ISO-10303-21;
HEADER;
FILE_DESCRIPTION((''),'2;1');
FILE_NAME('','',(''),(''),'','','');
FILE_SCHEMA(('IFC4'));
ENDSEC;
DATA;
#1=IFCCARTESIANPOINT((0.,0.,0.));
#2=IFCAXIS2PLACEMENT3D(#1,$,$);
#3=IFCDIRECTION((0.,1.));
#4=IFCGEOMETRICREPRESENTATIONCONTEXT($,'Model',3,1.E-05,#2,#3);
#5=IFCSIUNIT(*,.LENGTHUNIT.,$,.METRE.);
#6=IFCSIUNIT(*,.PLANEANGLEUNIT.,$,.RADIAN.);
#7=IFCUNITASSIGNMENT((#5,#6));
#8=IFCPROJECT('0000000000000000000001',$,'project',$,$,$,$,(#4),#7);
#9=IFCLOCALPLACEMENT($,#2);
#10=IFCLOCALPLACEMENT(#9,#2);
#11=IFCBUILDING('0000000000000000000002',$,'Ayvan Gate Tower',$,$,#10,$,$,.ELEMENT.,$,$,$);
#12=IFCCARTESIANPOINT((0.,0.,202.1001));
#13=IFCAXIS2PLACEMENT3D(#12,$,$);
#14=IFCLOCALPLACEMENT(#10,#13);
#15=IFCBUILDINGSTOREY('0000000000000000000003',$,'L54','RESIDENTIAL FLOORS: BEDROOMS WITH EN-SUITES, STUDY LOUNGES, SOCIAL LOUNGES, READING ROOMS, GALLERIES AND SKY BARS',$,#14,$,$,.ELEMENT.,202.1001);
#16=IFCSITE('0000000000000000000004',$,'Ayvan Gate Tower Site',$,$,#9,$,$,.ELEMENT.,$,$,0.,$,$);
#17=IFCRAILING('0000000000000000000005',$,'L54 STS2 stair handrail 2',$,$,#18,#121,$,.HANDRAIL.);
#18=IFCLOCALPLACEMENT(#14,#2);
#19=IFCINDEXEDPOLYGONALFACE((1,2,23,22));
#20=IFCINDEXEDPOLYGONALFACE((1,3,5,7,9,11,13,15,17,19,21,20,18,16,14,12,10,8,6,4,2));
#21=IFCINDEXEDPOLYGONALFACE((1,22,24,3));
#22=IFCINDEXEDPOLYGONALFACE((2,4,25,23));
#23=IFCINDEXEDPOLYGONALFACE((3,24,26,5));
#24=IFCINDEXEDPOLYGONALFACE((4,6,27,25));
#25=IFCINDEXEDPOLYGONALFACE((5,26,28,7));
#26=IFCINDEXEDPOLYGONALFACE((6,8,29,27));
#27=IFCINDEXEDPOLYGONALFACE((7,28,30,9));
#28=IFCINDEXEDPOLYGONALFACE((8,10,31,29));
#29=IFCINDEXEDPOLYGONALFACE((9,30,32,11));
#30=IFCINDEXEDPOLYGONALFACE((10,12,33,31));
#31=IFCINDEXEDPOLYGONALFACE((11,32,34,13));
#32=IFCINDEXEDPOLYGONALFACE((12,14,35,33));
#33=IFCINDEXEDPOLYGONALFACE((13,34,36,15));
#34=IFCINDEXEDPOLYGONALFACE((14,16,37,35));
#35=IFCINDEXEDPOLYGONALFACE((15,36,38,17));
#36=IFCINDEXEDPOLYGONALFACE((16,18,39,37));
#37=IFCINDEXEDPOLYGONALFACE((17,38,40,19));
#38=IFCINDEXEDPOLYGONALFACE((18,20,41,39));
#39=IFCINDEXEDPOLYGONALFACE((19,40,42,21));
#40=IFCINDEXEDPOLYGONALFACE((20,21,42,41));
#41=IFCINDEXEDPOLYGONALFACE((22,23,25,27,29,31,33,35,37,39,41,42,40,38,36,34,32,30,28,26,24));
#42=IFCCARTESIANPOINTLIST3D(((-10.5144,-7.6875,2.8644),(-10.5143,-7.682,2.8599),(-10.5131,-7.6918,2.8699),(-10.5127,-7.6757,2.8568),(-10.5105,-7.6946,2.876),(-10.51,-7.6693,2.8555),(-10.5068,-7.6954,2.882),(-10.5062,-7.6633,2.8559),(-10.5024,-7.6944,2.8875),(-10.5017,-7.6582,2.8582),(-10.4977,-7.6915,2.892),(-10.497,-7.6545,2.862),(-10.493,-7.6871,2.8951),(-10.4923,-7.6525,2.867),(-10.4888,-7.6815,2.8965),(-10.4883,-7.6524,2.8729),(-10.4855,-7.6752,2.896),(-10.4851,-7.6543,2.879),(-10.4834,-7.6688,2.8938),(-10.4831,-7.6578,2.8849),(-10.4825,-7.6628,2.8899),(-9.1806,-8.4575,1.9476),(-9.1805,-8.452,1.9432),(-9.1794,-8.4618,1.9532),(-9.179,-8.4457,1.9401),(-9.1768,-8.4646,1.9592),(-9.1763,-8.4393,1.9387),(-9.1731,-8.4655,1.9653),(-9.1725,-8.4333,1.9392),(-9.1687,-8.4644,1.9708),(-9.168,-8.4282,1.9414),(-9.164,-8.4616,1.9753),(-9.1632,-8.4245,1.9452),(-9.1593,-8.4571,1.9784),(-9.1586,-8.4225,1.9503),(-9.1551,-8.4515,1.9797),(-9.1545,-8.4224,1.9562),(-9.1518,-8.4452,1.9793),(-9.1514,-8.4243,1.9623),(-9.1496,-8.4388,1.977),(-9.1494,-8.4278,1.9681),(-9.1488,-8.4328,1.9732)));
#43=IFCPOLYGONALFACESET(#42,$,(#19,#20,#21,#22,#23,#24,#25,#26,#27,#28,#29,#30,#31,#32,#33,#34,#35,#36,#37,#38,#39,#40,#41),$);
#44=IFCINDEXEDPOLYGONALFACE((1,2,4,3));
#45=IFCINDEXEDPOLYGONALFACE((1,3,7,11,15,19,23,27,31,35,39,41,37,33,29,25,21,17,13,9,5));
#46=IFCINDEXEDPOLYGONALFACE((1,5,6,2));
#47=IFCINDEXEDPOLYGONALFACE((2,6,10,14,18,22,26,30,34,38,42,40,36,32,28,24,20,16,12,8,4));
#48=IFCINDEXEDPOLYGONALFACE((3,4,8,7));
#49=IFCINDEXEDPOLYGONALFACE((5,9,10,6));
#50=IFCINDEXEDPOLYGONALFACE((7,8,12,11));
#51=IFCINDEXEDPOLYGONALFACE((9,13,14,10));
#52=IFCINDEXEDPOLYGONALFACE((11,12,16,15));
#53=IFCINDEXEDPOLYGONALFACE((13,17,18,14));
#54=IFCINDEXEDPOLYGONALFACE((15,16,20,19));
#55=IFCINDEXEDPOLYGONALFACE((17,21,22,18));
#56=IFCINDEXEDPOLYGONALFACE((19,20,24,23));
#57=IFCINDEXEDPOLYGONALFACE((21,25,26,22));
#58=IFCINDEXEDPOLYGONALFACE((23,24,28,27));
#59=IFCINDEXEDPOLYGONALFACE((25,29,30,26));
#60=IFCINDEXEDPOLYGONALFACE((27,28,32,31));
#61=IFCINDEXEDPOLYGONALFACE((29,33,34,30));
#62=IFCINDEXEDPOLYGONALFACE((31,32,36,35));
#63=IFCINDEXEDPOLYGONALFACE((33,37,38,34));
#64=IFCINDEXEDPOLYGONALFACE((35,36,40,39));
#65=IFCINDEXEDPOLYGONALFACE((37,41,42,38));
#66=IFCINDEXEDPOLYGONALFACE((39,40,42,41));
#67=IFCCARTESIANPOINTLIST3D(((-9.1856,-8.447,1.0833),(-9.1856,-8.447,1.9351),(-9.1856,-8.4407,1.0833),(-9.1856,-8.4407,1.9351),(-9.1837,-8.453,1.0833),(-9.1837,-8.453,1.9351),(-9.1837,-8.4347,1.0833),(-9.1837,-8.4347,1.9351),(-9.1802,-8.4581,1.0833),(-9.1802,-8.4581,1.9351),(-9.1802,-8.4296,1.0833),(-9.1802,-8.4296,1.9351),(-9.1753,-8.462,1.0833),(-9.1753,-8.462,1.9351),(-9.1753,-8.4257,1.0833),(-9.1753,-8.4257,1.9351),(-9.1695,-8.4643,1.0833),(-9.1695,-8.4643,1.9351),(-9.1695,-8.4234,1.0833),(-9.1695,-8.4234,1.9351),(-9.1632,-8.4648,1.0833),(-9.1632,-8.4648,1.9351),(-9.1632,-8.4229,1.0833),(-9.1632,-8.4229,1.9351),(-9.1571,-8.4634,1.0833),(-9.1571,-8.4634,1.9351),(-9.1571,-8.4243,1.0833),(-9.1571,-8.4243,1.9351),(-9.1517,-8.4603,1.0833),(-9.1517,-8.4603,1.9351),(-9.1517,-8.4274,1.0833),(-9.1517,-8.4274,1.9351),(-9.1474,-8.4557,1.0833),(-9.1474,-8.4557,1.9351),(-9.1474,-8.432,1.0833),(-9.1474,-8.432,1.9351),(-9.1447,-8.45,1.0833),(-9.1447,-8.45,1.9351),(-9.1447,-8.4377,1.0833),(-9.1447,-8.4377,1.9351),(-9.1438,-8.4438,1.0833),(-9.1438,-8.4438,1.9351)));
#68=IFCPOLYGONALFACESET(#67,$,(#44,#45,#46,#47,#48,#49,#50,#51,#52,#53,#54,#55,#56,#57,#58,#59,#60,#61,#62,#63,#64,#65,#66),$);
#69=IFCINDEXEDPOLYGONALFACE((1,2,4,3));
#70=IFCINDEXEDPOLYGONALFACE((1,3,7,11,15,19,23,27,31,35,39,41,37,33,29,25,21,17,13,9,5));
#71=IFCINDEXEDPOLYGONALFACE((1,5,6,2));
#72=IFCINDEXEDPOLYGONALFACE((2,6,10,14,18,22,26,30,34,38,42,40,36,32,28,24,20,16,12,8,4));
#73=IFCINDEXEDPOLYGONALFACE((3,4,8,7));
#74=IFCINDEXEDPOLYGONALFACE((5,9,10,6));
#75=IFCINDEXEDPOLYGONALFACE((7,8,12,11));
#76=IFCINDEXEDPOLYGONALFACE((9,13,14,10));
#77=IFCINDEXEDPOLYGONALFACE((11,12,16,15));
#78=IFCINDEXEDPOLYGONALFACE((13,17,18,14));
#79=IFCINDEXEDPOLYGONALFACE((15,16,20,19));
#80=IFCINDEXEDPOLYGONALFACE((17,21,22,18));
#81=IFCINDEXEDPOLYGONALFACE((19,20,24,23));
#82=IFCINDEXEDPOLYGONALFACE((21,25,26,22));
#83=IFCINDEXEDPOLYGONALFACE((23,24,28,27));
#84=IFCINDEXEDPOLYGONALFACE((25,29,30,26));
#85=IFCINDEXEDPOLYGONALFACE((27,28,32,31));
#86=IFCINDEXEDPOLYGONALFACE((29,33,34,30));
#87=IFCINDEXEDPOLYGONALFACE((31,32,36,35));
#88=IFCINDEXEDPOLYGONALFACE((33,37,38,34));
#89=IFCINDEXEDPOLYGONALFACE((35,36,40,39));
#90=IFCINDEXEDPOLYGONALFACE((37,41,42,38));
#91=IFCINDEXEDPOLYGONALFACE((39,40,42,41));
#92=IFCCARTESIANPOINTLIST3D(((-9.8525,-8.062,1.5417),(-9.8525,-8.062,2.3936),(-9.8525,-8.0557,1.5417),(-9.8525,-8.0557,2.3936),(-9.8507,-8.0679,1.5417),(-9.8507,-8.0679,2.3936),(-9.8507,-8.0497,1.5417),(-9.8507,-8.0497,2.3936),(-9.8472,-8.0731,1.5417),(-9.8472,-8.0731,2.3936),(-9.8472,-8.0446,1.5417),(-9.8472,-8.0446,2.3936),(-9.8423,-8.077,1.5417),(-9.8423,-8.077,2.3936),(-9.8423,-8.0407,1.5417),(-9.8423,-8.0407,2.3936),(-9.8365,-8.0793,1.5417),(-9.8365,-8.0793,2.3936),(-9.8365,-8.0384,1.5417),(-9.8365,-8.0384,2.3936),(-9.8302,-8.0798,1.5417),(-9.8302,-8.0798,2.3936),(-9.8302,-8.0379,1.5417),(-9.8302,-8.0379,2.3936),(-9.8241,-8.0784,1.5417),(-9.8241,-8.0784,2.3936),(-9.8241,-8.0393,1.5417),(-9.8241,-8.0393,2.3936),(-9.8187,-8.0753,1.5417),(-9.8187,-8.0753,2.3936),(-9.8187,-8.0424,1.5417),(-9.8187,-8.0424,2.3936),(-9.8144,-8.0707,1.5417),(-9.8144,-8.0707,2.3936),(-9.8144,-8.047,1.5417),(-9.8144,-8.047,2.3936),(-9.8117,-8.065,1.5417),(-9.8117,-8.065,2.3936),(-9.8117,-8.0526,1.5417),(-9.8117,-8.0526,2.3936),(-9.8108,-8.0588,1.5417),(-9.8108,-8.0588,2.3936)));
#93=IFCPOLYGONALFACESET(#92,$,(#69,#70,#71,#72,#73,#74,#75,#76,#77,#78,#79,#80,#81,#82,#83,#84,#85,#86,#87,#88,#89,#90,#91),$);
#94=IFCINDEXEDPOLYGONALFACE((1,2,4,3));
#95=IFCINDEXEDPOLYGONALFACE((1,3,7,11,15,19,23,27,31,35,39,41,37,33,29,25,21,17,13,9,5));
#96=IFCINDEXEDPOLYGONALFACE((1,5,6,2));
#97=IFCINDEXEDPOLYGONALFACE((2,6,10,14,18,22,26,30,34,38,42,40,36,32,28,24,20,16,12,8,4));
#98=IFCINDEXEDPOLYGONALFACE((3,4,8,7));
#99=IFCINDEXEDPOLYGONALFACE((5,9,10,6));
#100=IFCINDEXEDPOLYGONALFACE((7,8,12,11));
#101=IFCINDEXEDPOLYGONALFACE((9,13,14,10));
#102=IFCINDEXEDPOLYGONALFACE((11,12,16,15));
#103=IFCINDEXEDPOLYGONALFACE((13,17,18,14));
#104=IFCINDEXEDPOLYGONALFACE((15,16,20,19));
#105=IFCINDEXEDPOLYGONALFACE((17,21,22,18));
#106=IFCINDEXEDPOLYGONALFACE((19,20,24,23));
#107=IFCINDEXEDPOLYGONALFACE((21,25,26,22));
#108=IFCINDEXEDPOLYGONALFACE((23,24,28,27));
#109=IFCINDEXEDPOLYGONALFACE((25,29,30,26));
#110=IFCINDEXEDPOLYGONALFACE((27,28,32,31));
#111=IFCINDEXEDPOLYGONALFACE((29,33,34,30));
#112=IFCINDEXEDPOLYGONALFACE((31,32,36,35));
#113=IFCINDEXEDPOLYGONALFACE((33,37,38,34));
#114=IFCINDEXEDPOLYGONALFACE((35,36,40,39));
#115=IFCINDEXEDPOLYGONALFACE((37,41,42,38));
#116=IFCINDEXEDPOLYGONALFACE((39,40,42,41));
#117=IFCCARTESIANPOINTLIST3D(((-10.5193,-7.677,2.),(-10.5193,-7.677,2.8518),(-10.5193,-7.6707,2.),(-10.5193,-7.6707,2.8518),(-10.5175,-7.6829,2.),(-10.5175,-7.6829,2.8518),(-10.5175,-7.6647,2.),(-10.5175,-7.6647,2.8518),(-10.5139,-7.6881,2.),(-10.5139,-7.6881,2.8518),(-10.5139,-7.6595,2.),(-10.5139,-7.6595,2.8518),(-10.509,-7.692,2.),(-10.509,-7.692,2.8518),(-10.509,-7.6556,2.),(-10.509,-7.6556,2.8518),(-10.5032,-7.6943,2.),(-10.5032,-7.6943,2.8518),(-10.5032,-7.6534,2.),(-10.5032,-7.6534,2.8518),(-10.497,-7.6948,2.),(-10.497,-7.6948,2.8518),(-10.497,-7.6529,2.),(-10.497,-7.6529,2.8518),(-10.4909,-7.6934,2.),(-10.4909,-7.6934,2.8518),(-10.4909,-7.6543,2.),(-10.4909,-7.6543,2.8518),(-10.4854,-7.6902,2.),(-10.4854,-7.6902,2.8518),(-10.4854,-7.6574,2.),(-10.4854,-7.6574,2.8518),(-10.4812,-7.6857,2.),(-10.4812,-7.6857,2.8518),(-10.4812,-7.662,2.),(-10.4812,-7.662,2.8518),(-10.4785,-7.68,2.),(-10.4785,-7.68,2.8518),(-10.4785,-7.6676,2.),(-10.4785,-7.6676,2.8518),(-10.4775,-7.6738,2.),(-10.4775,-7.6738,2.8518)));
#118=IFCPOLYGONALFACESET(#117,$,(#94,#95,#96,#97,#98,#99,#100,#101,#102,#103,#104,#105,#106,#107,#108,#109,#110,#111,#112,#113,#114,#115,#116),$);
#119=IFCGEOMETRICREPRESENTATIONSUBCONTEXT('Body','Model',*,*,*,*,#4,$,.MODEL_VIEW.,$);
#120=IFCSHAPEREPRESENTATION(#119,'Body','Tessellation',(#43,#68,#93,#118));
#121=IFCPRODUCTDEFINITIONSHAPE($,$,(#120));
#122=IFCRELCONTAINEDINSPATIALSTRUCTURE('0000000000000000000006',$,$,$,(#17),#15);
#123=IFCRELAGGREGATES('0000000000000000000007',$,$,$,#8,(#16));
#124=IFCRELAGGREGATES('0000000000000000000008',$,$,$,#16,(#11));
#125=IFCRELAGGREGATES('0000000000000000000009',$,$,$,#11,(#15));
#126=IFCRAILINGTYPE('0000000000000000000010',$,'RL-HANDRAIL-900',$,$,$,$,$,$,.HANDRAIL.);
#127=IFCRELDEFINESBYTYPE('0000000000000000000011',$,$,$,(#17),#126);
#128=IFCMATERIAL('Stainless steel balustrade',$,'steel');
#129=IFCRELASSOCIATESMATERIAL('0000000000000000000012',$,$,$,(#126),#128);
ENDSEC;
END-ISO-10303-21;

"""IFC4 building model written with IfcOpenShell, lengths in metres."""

from ifc_helpers import new_model, si_unit, direction, frame, origin, origin_2d, place, context, subcontext, project, spatial, circle, extrude, material, type_object, element, save


model = new_model("IFC4")

# Units and contexts
model_context = context("Model", 3, precision=1e-05, world=origin(), true_north=direction((0.0, 1.0)))
body_context = subcontext(model_context, "Body", "Model", "MODEL_VIEW")
ifc_project = project(units=[si_unit("LENGTHUNIT", "METRE"), si_unit("PLANEANGLEUNIT", "RADIAN")], contexts=[model_context])

# Site, building, storey
site_placement = place(None, origin())
site = spatial("IfcSite", under=ifc_project, at=site_placement, Name="Ayvan Gate Tower Site", CompositionType="ELEMENT", RefElevation=0.0)
building_placement = place(site_placement, origin())
building = spatial("IfcBuilding", under=site, at=building_placement, Name="Ayvan Gate Tower", CompositionType="ELEMENT")
storey_placement = place(building_placement, frame((0.0, 0.0, 202.1001)))
storey = spatial("IfcBuildingStorey", under=building, at=storey_placement, Name="L54", Description="RESIDENTIAL FLOORS: BEDROOMS WITH EN-SUITES, STUDY LOUNGES, SOCIAL LOUNGES, READING ROOMS, GALLERIES AND SKY BARS", CompositionType="ELEMENT", Elevation=202.1001)

# Railing
ifc_material_1 = material(Name="Stainless steel balustrade", Category="steel")
railing_type_1 = type_object("IfcRailingType", Name="RL-HANDRAIL-900", PredefinedType="HANDRAIL", material=ifc_material_1)
for number, where, name in (
    (1, (-9.1648, -8.4438, 1.0833), "L54 STS2 stair handrail 2"),
):
    element("IfcRailing", number, at=place(storey_placement, frame(where)), inside=storey, type_object=railing_type_1, Name=name, PredefinedType="HANDRAIL", context=body_context, shape_type="SweptSolid", body=[
        extrude(circle(Radius=0.0239, at=origin_2d()), frame((0.0, 0.0, 0.876), z_axis=(-0.744164, 0.429634, 0.511502), x_axis=(-0.499992, -0.86603, 0.0)), (0.0, 0.0, 1.0), 1.7922),
        extrude(circle(Radius=0.021, at=origin_2d()), origin(), (0.0, 0.0, 1.0), 0.8518),
        extrude(circle(Radius=0.021, at=origin_2d()), frame((-0.667, 0.385, 0.4585)), (0.0, 0.0, 1.0), 0.8518),
        extrude(circle(Radius=0.021, at=origin_2d()), frame((-1.3337, 0.77, 0.9167)), (0.0, 0.0, 1.0), 0.8518),
    ])

save(model, "model.ifc")
